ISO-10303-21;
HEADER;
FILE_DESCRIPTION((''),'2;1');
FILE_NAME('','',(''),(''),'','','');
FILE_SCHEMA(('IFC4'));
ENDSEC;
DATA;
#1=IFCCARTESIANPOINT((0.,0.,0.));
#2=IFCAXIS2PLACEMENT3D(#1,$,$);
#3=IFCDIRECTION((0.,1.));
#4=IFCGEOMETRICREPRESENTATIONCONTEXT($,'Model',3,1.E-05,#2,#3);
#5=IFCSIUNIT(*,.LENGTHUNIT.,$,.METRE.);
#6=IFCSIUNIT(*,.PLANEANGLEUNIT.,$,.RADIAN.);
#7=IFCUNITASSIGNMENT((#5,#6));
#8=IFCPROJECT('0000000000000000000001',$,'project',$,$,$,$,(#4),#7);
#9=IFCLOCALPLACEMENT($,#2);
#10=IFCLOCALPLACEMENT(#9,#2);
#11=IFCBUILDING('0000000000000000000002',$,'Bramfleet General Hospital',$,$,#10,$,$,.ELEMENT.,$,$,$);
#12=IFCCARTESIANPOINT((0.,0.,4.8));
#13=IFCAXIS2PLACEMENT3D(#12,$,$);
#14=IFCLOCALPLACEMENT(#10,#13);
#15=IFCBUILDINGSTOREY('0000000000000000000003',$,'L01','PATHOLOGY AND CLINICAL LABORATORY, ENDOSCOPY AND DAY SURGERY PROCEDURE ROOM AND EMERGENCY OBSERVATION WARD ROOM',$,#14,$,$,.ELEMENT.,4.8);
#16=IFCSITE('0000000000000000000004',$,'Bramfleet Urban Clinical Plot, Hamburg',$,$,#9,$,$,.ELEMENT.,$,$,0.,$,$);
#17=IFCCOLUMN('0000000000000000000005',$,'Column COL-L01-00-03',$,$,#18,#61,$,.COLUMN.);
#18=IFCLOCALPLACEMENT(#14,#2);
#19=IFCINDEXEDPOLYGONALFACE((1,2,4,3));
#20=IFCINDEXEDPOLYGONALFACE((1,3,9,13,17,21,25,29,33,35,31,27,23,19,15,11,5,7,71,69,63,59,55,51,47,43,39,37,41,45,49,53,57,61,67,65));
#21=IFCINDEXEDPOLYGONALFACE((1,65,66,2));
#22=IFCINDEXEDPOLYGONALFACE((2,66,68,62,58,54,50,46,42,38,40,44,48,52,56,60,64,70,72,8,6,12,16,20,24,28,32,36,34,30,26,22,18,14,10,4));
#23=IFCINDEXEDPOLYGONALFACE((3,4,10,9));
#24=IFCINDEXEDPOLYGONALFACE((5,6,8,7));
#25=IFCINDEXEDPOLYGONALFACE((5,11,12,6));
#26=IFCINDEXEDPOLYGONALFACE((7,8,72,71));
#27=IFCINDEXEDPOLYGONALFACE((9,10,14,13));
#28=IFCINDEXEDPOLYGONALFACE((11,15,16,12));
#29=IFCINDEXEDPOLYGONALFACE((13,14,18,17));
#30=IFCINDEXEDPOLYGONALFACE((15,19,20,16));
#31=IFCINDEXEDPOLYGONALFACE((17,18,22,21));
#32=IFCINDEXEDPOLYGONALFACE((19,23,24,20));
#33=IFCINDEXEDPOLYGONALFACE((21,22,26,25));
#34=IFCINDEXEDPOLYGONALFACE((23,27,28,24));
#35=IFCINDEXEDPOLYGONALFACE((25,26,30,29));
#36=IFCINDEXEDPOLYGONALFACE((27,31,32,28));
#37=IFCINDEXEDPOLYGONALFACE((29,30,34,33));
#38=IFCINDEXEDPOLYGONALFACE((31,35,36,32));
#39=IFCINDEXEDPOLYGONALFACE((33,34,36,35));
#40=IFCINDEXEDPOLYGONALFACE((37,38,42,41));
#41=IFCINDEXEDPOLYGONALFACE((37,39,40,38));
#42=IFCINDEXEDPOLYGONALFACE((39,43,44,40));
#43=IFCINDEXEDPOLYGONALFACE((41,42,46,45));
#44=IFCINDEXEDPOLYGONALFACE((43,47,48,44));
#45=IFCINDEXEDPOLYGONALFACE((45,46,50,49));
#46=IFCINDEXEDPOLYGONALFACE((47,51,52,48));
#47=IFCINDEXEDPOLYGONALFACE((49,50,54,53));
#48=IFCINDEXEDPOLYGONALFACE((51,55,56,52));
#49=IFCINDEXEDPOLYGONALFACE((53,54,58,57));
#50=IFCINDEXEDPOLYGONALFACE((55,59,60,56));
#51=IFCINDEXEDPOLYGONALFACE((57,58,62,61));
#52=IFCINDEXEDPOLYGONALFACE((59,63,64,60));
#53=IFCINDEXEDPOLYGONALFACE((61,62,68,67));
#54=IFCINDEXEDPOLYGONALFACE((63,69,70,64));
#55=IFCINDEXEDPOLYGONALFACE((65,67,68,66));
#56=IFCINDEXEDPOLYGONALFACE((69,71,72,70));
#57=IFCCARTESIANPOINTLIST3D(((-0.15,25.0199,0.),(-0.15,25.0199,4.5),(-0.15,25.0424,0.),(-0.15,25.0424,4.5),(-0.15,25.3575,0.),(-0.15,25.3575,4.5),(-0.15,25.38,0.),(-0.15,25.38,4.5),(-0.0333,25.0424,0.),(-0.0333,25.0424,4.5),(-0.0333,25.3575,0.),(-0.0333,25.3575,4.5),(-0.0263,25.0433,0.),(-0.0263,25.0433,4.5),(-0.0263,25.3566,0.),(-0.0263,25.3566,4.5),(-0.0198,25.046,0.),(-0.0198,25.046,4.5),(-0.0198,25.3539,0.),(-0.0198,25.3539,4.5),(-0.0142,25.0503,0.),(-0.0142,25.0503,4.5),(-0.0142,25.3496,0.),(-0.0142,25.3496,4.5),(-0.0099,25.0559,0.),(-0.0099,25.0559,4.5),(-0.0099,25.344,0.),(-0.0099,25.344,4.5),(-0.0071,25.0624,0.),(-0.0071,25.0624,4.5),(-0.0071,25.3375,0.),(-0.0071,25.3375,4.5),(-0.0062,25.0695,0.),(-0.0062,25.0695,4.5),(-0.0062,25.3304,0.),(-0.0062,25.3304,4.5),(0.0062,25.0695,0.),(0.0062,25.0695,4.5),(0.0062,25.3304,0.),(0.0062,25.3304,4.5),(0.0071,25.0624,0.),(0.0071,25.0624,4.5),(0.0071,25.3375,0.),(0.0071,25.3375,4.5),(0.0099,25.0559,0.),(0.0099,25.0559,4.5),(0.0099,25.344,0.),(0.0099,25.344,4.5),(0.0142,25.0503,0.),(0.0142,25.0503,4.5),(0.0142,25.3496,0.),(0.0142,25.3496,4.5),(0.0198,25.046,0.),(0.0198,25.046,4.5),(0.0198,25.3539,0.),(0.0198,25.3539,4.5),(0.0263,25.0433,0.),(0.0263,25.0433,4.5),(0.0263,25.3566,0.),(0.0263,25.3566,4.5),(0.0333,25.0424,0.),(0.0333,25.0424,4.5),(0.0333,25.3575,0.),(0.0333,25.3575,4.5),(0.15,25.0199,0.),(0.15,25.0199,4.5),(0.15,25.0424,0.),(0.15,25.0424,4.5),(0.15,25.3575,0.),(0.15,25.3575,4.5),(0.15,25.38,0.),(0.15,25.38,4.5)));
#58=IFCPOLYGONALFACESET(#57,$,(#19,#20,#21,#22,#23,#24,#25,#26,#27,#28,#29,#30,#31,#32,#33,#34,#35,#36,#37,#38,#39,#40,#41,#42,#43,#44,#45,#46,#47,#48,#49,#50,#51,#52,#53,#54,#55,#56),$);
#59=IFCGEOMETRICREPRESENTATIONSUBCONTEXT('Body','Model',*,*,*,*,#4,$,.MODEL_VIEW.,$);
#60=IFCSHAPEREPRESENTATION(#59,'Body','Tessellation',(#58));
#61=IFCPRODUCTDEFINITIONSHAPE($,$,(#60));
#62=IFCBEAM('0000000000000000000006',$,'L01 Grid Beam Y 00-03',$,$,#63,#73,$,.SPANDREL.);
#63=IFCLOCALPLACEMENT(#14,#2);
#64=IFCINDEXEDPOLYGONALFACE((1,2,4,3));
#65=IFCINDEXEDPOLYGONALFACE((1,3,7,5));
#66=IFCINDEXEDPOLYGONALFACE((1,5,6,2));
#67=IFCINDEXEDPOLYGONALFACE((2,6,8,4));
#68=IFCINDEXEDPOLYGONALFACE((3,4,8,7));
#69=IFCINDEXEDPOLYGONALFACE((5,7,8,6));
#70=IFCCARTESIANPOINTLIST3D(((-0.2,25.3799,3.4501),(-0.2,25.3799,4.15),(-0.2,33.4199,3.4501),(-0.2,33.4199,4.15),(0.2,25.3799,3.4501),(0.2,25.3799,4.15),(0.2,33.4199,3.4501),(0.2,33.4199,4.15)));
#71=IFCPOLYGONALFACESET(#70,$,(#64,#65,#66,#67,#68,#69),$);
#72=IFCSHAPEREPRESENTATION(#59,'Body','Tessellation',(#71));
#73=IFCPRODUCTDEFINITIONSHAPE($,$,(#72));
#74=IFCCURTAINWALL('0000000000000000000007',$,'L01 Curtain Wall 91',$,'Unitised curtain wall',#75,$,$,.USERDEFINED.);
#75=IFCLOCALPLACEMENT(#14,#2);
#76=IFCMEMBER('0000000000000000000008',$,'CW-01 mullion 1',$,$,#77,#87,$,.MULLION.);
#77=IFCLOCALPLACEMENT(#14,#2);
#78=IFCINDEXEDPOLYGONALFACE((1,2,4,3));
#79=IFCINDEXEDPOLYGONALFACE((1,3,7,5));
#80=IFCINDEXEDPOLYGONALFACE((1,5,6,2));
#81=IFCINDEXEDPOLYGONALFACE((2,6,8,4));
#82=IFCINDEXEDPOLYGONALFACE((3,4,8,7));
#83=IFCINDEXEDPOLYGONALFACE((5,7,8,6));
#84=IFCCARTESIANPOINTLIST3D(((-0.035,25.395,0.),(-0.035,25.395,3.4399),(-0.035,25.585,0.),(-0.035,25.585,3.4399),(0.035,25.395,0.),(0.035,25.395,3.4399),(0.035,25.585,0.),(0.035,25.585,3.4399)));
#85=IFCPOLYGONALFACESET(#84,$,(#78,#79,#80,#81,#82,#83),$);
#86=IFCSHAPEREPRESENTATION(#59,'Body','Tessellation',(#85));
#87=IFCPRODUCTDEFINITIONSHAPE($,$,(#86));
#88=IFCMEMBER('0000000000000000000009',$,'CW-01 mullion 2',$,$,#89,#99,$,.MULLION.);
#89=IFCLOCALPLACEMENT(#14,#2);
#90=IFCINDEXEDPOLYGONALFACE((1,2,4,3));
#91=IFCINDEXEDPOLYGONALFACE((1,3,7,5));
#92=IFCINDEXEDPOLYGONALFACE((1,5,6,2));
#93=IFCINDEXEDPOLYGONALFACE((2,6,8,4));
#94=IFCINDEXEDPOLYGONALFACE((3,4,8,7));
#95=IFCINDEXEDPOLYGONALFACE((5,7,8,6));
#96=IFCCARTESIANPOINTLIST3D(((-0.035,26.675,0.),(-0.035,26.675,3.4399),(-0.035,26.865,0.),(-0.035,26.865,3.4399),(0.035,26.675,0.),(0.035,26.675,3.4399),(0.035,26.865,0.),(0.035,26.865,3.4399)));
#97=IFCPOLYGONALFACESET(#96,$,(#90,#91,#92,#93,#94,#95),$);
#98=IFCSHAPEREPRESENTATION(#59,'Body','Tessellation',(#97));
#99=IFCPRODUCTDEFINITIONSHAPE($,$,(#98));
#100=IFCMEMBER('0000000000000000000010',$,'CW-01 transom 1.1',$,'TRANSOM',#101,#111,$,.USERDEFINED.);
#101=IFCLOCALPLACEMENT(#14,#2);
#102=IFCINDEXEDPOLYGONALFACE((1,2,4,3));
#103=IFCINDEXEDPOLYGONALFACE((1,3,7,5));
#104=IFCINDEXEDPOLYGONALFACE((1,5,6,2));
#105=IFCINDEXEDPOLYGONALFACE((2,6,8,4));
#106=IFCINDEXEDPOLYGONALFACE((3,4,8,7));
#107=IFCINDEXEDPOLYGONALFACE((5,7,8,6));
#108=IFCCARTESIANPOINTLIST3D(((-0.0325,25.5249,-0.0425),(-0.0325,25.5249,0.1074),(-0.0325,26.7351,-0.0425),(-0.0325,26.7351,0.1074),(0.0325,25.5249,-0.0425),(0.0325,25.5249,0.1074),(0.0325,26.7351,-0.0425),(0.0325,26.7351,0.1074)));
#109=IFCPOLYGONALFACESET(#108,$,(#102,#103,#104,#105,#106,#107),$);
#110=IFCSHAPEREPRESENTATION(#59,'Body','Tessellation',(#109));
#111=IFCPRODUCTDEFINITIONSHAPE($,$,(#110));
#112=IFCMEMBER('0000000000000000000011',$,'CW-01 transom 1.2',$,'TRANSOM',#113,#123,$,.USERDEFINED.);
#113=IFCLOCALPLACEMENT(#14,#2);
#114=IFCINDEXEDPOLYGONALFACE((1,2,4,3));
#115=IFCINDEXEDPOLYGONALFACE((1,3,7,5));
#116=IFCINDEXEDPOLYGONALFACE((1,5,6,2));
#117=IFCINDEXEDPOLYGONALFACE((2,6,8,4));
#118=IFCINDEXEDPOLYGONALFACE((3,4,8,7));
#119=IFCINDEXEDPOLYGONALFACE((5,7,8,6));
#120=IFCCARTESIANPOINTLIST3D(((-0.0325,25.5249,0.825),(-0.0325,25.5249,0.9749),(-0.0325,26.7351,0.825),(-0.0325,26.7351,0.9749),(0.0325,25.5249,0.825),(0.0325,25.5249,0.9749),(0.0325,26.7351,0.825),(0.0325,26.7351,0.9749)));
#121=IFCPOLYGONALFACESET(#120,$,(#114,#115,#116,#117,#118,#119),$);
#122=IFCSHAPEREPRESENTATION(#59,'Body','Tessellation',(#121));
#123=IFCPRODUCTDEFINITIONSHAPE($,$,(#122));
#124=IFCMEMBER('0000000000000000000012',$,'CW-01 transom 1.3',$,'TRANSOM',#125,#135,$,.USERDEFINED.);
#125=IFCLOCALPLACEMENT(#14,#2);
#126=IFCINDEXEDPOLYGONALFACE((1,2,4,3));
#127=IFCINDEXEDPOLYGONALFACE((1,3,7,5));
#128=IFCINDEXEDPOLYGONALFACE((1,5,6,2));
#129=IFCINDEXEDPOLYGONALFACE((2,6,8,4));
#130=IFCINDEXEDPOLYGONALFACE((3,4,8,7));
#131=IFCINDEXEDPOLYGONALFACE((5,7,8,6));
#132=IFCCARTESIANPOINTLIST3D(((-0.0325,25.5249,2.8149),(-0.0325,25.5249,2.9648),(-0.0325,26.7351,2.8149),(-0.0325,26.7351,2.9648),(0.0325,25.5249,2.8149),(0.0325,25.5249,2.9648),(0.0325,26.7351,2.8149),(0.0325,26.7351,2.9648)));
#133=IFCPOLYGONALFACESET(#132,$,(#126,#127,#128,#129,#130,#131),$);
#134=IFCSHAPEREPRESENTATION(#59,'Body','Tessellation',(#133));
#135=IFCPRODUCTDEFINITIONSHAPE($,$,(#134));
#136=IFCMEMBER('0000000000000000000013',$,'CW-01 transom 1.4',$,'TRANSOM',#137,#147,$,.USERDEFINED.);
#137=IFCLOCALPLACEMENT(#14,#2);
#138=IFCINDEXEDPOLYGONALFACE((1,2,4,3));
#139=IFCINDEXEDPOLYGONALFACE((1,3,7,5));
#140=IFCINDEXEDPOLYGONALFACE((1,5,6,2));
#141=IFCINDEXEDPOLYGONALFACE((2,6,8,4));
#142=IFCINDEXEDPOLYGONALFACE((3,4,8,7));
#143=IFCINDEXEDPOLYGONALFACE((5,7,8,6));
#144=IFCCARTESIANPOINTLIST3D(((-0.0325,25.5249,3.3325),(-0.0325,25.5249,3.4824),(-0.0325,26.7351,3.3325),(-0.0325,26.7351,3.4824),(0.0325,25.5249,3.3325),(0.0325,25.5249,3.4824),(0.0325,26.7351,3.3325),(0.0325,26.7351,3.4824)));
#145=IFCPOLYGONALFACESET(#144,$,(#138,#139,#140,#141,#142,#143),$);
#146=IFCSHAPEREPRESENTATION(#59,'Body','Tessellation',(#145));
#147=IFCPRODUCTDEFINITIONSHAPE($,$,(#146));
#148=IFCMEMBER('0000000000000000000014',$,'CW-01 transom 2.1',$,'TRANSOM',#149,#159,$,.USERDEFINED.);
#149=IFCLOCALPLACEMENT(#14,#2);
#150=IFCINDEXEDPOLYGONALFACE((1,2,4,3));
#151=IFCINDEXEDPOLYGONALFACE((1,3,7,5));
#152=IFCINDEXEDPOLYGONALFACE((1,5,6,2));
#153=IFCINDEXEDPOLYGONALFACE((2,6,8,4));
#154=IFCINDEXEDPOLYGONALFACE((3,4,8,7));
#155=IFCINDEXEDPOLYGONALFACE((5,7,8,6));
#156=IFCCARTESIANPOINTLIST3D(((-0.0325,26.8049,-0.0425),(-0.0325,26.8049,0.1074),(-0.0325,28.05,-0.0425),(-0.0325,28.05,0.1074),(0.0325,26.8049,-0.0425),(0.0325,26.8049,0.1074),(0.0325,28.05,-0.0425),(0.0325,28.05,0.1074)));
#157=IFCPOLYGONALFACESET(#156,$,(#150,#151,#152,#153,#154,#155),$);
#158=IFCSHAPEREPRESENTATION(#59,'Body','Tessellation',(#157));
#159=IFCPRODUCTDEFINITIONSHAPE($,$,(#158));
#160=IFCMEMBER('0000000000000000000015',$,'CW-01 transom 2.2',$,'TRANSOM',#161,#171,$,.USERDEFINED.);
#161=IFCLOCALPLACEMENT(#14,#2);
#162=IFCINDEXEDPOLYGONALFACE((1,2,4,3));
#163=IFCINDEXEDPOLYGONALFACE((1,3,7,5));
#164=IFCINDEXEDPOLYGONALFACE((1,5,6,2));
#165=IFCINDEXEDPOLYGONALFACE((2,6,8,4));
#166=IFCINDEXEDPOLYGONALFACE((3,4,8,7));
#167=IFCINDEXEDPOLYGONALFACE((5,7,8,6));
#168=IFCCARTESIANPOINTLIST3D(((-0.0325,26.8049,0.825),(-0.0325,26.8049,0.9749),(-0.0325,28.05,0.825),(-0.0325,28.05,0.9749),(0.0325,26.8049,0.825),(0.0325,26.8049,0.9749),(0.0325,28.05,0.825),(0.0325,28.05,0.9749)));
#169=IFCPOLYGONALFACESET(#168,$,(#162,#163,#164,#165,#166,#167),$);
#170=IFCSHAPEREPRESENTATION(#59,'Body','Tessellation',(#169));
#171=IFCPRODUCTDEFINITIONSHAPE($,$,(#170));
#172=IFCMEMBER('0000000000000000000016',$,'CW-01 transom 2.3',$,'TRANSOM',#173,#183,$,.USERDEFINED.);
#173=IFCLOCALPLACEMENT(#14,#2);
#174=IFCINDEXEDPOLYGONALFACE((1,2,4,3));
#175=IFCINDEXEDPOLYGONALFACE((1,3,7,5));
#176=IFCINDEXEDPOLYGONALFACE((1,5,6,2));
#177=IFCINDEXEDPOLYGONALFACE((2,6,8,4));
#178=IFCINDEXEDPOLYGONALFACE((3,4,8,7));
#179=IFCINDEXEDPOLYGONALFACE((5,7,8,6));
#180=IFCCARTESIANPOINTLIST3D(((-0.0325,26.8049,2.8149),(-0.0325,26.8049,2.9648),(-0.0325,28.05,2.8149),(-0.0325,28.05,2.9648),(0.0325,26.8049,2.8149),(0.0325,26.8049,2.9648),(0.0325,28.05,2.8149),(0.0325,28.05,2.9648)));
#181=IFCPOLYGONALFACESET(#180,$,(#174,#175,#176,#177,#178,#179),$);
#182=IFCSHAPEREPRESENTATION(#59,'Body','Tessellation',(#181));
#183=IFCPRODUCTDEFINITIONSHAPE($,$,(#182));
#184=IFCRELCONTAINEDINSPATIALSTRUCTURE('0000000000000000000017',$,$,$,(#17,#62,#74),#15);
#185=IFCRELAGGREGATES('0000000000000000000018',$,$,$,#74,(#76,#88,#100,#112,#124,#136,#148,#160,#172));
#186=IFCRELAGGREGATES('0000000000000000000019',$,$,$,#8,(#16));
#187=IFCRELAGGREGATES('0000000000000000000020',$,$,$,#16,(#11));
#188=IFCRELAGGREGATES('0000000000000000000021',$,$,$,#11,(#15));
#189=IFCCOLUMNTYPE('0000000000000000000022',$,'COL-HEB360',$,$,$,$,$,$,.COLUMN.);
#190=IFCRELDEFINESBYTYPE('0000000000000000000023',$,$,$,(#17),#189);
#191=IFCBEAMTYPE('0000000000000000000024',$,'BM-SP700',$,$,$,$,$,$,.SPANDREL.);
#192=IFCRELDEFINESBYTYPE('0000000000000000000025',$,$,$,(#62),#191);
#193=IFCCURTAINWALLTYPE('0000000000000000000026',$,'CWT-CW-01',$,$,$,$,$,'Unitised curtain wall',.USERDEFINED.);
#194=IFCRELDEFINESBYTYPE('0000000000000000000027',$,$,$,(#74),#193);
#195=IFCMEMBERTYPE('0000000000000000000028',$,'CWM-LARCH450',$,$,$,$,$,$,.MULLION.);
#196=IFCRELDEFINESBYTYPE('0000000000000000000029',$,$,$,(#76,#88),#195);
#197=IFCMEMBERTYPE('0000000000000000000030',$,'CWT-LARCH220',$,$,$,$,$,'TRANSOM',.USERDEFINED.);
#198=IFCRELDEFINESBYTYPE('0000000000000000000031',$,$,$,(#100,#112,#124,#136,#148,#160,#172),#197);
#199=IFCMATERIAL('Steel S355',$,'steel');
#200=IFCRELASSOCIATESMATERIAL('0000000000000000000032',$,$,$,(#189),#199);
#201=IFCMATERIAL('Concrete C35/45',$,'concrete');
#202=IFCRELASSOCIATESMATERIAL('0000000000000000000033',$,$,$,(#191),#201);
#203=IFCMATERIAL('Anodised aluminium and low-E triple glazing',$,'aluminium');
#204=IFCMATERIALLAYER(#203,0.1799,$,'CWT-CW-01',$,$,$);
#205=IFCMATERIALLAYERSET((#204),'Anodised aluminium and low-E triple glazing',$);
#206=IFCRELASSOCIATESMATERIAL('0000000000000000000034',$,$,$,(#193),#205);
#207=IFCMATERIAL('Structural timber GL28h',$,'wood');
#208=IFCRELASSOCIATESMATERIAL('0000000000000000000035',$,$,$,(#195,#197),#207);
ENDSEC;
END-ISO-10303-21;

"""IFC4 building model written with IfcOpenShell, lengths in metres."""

from ifc_helpers import new_model, si_unit, direction, frame, origin, origin_2d, place, context, subcontext, project, spatial, rectangle, i_section, extrude, material, layer, layer_set, material_profile, profile_set, type_object, element, aggregate, save


model = new_model("IFC4")

# Units and contexts
model_context = context("Model", 3, precision=1e-05, world=origin(), true_north=direction((0.0, 1.0)))
body_context = subcontext(model_context, "Body", "Model", "MODEL_VIEW")
ifc_project = project(units=[si_unit("LENGTHUNIT", "METRE"), si_unit("PLANEANGLEUNIT", "RADIAN")], contexts=[model_context])

# Site, building, storey
site_placement = place(None, origin())
site = spatial("IfcSite", under=ifc_project, at=site_placement, Name="Bramfleet Urban Clinical Plot, Hamburg", CompositionType="ELEMENT", RefElevation=0.0)
building_placement = place(site_placement, origin())
building = spatial("IfcBuilding", under=site, at=building_placement, Name="Bramfleet General Hospital", CompositionType="ELEMENT")
storey_placement = place(building_placement, frame((0.0, 0.0, 4.8)))
storey = spatial("IfcBuildingStorey", under=building, at=storey_placement, Name="L01", Description="PATHOLOGY AND CLINICAL LABORATORY, ENDOSCOPY AND DAY SURGERY PROCEDURE ROOM AND EMERGENCY OBSERVATION WARD ROOM", CompositionType="ELEMENT", Elevation=4.8)

# Column
ifc_material_1 = material(Name="Steel S355", Category="steel")
ifc_material_profile_1 = material_profile(ifc_material_1, i_section(OverallWidth=0.3, OverallDepth=0.3601, WebThickness=0.0125, FlangeThickness=0.0225, FilletRadius=0.0271, at=origin_2d()), Name="HEB 360")
ifc_profile_set_1 = profile_set([ifc_material_profile_1], Name="Steel S355")
column_type = type_object("IfcColumnType", Name="COL-HEB360", PredefinedType="COLUMN", material=ifc_profile_set_1)
column_placement = place(storey_placement, frame((0.0, 25.2, 0.0), z_axis=(0.0, 0.0, 1.0), x_axis=(1.0, 0.0, 0.0)))
element("IfcColumn", 1, at=column_placement, inside=storey, type_object=column_type, Name="Column COL-L01-00-03", PredefinedType="COLUMN", context=body_context, shape_type="SweptSolid", body=[
    extrude(i_section(OverallWidth=0.3, OverallDepth=0.3601, WebThickness=0.0125, FlangeThickness=0.0225, FilletRadius=0.0271, at=origin_2d()), origin(), (0.0, 0.0, 1.0), 4.5),
])

# Beam
ifc_material_2 = material(Name="Concrete C35/45", Category="concrete")
ifc_material_profile_2 = material_profile(ifc_material_2, rectangle(XDim=0.3999, YDim=0.7, at=origin_2d()), Name="RC SP 700x400")
ifc_profile_set_2 = profile_set([ifc_material_profile_2], Name="Concrete C35/45")
beam_type = type_object("IfcBeamType", Name="BM-SP700", PredefinedType="SPANDREL", material=ifc_profile_set_2)
beam_placement = place(storey_placement, frame((0.0, 25.3799, 3.8), z_axis=(0.0, 1.0, 0.0), x_axis=(-1.0, 0.0, 0.0)))
element("IfcBeam", 2, at=beam_placement, inside=storey, type_object=beam_type, Name="L01 Grid Beam Y 00-03", PredefinedType="SPANDREL", context=body_context, shape_type="SweptSolid", body=[
    extrude(rectangle(XDim=0.3999, YDim=0.7, at=origin_2d()), origin(), (0.0, 0.0, 1.0), 8.04),
])

# Curtain wall, members
ifc_material_3 = material(Name="Anodised aluminium and low-E triple glazing", Category="aluminium")
ifc_layer_1 = layer(ifc_material_3, 0.1799, Name="CWT-CW-01")
ifc_layer_set_1 = layer_set([ifc_layer_1], Name="Anodised aluminium and low-E triple glazing")
curtain_wall_type = type_object("IfcCurtainWallType", Name="CWT-CW-01", ElementType="Unitised curtain wall", PredefinedType="USERDEFINED", material=ifc_layer_set_1)
curtain_wall_placement = place(storey_placement, origin())
curtain_wall = element("IfcCurtainWall", 3, at=curtain_wall_placement, inside=storey, type_object=curtain_wall_type, Name="L01 Curtain Wall 91", ObjectType="Unitised curtain wall", PredefinedType="USERDEFINED")
ifc_material_4 = material(Name="Structural timber GL28h", Category="wood")
ifc_material_profile_3 = material_profile(ifc_material_4, rectangle(XDim=0.0701, YDim=0.1899, at=origin_2d()), Name="LARCH 190x70")
ifc_profile_set_3 = profile_set([ifc_material_profile_3], Name="Structural timber GL28h")
member_type_1 = type_object("IfcMemberType", Name="CWM-LARCH450", PredefinedType="MULLION", material=ifc_profile_set_3)
member_1_placement = place(storey_placement, frame((0.0, 25.49, 0.0), z_axis=(0.0, 0.0, 1.0), x_axis=(-1.0, 0.0, 0.0)))
member_1 = element("IfcMember", 4, at=member_1_placement, type_object=member_type_1, Name="CW-01 mullion 1", PredefinedType="MULLION", context=body_context, shape_type="SweptSolid", body=[
    extrude(rectangle(XDim=0.0701, YDim=0.1899, at=origin_2d()), origin(), (0.0, 0.0, 1.0), 3.4399),
])
member_2_placement = place(storey_placement, frame((0.0, 26.77, 0.0), z_axis=(0.0, 0.0, 1.0), x_axis=(-1.0, 0.0, 0.0)))
member_2 = element("IfcMember", 5, at=member_2_placement, type_object=member_type_1, Name="CW-01 mullion 2", PredefinedType="MULLION", context=body_context, shape_type="SweptSolid", body=[
    extrude(rectangle(XDim=0.0701, YDim=0.1899, at=origin_2d()), origin(), (0.0, 0.0, 1.0), 3.4399),
])
ifc_material_profile_4 = material_profile(ifc_material_4, rectangle(XDim=0.0649, YDim=0.1499, at=origin_2d()), Name="LARCH 150x65")
ifc_profile_set_4 = profile_set([ifc_material_profile_4], Name="Structural timber GL28h")
member_type_2 = type_object("IfcMemberType", Name="CWT-LARCH220", ElementType="TRANSOM", PredefinedType="USERDEFINED", material=ifc_profile_set_4)
member_3_placement = place(storey_placement, frame((0.0, 25.5249, 0.0325), z_axis=(0.0, 1.0, 0.0), x_axis=(-1.0, 0.0, 0.0)))
member_3 = element("IfcMember", 6, at=member_3_placement, type_object=member_type_2, Name="CW-01 transom 1.1", ObjectType="TRANSOM", PredefinedType="USERDEFINED", context=body_context, shape_type="SweptSolid", body=[
    extrude(rectangle(XDim=0.0649, YDim=0.1499, at=origin_2d()), origin(), (0.0, 0.0, 1.0), 1.2102),
])
member_4_placement = place(storey_placement, frame((0.0, 25.5249, 0.8999), z_axis=(0.0, 1.0, 0.0), x_axis=(-1.0, 0.0, 0.0)))
member_4 = element("IfcMember", 7, at=member_4_placement, type_object=member_type_2, Name="CW-01 transom 1.2", ObjectType="TRANSOM", PredefinedType="USERDEFINED", context=body_context, shape_type="SweptSolid", body=[
    extrude(rectangle(XDim=0.0649, YDim=0.1499, at=origin_2d()), origin(), (0.0, 0.0, 1.0), 1.2102),
])
member_5_placement = place(storey_placement, frame((0.0, 25.5249, 2.8899), z_axis=(0.0, 1.0, 0.0), x_axis=(-1.0, 0.0, 0.0)))
member_5 = element("IfcMember", 8, at=member_5_placement, type_object=member_type_2, Name="CW-01 transom 1.3", ObjectType="TRANSOM", PredefinedType="USERDEFINED", context=body_context, shape_type="SweptSolid", body=[
    extrude(rectangle(XDim=0.0649, YDim=0.1499, at=origin_2d()), origin(), (0.0, 0.0, 1.0), 1.2102),
])
member_6_placement = place(storey_placement, frame((0.0, 25.5249, 3.4075), z_axis=(0.0, 1.0, 0.0), x_axis=(-1.0, 0.0, 0.0)))
member_6 = element("IfcMember", 9, at=member_6_placement, type_object=member_type_2, Name="CW-01 transom 1.4", ObjectType="TRANSOM", PredefinedType="USERDEFINED", context=body_context, shape_type="SweptSolid", body=[
    extrude(rectangle(XDim=0.0649, YDim=0.1499, at=origin_2d()), origin(), (0.0, 0.0, 1.0), 1.2102),
])
member_7_placement = place(storey_placement, frame((0.0, 26.8049, 0.0325), z_axis=(0.0, 1.0, 0.0), x_axis=(-1.0, 0.0, 0.0)))
member_7 = element("IfcMember", 10, at=member_7_placement, type_object=member_type_2, Name="CW-01 transom 2.1", ObjectType="TRANSOM", PredefinedType="USERDEFINED", context=body_context, shape_type="SweptSolid", body=[
    extrude(rectangle(XDim=0.0649, YDim=0.1499, at=origin_2d()), origin(), (0.0, 0.0, 1.0), 1.2451),
])
member_8_placement = place(storey_placement, frame((0.0, 26.8049, 0.8999), z_axis=(0.0, 1.0, 0.0), x_axis=(-1.0, 0.0, 0.0)))
member_8 = element("IfcMember", 11, at=member_8_placement, type_object=member_type_2, Name="CW-01 transom 2.2", ObjectType="TRANSOM", PredefinedType="USERDEFINED", context=body_context, shape_type="SweptSolid", body=[
    extrude(rectangle(XDim=0.0649, YDim=0.1499, at=origin_2d()), origin(), (0.0, 0.0, 1.0), 1.2451),
])
member_9_placement = place(storey_placement, frame((0.0, 26.8049, 2.8899), z_axis=(0.0, 1.0, 0.0), x_axis=(-1.0, 0.0, 0.0)))
member_9 = element("IfcMember", 12, at=member_9_placement, type_object=member_type_2, Name="CW-01 transom 2.3", ObjectType="TRANSOM", PredefinedType="USERDEFINED", context=body_context, shape_type="SweptSolid", body=[
    extrude(rectangle(XDim=0.0649, YDim=0.1499, at=origin_2d()), origin(), (0.0, 0.0, 1.0), 1.2451),
])
aggregate(curtain_wall, [member_1, member_2, member_3, member_4, member_5, member_6, member_7, member_8, member_9])

save(model, "model.ifc")
